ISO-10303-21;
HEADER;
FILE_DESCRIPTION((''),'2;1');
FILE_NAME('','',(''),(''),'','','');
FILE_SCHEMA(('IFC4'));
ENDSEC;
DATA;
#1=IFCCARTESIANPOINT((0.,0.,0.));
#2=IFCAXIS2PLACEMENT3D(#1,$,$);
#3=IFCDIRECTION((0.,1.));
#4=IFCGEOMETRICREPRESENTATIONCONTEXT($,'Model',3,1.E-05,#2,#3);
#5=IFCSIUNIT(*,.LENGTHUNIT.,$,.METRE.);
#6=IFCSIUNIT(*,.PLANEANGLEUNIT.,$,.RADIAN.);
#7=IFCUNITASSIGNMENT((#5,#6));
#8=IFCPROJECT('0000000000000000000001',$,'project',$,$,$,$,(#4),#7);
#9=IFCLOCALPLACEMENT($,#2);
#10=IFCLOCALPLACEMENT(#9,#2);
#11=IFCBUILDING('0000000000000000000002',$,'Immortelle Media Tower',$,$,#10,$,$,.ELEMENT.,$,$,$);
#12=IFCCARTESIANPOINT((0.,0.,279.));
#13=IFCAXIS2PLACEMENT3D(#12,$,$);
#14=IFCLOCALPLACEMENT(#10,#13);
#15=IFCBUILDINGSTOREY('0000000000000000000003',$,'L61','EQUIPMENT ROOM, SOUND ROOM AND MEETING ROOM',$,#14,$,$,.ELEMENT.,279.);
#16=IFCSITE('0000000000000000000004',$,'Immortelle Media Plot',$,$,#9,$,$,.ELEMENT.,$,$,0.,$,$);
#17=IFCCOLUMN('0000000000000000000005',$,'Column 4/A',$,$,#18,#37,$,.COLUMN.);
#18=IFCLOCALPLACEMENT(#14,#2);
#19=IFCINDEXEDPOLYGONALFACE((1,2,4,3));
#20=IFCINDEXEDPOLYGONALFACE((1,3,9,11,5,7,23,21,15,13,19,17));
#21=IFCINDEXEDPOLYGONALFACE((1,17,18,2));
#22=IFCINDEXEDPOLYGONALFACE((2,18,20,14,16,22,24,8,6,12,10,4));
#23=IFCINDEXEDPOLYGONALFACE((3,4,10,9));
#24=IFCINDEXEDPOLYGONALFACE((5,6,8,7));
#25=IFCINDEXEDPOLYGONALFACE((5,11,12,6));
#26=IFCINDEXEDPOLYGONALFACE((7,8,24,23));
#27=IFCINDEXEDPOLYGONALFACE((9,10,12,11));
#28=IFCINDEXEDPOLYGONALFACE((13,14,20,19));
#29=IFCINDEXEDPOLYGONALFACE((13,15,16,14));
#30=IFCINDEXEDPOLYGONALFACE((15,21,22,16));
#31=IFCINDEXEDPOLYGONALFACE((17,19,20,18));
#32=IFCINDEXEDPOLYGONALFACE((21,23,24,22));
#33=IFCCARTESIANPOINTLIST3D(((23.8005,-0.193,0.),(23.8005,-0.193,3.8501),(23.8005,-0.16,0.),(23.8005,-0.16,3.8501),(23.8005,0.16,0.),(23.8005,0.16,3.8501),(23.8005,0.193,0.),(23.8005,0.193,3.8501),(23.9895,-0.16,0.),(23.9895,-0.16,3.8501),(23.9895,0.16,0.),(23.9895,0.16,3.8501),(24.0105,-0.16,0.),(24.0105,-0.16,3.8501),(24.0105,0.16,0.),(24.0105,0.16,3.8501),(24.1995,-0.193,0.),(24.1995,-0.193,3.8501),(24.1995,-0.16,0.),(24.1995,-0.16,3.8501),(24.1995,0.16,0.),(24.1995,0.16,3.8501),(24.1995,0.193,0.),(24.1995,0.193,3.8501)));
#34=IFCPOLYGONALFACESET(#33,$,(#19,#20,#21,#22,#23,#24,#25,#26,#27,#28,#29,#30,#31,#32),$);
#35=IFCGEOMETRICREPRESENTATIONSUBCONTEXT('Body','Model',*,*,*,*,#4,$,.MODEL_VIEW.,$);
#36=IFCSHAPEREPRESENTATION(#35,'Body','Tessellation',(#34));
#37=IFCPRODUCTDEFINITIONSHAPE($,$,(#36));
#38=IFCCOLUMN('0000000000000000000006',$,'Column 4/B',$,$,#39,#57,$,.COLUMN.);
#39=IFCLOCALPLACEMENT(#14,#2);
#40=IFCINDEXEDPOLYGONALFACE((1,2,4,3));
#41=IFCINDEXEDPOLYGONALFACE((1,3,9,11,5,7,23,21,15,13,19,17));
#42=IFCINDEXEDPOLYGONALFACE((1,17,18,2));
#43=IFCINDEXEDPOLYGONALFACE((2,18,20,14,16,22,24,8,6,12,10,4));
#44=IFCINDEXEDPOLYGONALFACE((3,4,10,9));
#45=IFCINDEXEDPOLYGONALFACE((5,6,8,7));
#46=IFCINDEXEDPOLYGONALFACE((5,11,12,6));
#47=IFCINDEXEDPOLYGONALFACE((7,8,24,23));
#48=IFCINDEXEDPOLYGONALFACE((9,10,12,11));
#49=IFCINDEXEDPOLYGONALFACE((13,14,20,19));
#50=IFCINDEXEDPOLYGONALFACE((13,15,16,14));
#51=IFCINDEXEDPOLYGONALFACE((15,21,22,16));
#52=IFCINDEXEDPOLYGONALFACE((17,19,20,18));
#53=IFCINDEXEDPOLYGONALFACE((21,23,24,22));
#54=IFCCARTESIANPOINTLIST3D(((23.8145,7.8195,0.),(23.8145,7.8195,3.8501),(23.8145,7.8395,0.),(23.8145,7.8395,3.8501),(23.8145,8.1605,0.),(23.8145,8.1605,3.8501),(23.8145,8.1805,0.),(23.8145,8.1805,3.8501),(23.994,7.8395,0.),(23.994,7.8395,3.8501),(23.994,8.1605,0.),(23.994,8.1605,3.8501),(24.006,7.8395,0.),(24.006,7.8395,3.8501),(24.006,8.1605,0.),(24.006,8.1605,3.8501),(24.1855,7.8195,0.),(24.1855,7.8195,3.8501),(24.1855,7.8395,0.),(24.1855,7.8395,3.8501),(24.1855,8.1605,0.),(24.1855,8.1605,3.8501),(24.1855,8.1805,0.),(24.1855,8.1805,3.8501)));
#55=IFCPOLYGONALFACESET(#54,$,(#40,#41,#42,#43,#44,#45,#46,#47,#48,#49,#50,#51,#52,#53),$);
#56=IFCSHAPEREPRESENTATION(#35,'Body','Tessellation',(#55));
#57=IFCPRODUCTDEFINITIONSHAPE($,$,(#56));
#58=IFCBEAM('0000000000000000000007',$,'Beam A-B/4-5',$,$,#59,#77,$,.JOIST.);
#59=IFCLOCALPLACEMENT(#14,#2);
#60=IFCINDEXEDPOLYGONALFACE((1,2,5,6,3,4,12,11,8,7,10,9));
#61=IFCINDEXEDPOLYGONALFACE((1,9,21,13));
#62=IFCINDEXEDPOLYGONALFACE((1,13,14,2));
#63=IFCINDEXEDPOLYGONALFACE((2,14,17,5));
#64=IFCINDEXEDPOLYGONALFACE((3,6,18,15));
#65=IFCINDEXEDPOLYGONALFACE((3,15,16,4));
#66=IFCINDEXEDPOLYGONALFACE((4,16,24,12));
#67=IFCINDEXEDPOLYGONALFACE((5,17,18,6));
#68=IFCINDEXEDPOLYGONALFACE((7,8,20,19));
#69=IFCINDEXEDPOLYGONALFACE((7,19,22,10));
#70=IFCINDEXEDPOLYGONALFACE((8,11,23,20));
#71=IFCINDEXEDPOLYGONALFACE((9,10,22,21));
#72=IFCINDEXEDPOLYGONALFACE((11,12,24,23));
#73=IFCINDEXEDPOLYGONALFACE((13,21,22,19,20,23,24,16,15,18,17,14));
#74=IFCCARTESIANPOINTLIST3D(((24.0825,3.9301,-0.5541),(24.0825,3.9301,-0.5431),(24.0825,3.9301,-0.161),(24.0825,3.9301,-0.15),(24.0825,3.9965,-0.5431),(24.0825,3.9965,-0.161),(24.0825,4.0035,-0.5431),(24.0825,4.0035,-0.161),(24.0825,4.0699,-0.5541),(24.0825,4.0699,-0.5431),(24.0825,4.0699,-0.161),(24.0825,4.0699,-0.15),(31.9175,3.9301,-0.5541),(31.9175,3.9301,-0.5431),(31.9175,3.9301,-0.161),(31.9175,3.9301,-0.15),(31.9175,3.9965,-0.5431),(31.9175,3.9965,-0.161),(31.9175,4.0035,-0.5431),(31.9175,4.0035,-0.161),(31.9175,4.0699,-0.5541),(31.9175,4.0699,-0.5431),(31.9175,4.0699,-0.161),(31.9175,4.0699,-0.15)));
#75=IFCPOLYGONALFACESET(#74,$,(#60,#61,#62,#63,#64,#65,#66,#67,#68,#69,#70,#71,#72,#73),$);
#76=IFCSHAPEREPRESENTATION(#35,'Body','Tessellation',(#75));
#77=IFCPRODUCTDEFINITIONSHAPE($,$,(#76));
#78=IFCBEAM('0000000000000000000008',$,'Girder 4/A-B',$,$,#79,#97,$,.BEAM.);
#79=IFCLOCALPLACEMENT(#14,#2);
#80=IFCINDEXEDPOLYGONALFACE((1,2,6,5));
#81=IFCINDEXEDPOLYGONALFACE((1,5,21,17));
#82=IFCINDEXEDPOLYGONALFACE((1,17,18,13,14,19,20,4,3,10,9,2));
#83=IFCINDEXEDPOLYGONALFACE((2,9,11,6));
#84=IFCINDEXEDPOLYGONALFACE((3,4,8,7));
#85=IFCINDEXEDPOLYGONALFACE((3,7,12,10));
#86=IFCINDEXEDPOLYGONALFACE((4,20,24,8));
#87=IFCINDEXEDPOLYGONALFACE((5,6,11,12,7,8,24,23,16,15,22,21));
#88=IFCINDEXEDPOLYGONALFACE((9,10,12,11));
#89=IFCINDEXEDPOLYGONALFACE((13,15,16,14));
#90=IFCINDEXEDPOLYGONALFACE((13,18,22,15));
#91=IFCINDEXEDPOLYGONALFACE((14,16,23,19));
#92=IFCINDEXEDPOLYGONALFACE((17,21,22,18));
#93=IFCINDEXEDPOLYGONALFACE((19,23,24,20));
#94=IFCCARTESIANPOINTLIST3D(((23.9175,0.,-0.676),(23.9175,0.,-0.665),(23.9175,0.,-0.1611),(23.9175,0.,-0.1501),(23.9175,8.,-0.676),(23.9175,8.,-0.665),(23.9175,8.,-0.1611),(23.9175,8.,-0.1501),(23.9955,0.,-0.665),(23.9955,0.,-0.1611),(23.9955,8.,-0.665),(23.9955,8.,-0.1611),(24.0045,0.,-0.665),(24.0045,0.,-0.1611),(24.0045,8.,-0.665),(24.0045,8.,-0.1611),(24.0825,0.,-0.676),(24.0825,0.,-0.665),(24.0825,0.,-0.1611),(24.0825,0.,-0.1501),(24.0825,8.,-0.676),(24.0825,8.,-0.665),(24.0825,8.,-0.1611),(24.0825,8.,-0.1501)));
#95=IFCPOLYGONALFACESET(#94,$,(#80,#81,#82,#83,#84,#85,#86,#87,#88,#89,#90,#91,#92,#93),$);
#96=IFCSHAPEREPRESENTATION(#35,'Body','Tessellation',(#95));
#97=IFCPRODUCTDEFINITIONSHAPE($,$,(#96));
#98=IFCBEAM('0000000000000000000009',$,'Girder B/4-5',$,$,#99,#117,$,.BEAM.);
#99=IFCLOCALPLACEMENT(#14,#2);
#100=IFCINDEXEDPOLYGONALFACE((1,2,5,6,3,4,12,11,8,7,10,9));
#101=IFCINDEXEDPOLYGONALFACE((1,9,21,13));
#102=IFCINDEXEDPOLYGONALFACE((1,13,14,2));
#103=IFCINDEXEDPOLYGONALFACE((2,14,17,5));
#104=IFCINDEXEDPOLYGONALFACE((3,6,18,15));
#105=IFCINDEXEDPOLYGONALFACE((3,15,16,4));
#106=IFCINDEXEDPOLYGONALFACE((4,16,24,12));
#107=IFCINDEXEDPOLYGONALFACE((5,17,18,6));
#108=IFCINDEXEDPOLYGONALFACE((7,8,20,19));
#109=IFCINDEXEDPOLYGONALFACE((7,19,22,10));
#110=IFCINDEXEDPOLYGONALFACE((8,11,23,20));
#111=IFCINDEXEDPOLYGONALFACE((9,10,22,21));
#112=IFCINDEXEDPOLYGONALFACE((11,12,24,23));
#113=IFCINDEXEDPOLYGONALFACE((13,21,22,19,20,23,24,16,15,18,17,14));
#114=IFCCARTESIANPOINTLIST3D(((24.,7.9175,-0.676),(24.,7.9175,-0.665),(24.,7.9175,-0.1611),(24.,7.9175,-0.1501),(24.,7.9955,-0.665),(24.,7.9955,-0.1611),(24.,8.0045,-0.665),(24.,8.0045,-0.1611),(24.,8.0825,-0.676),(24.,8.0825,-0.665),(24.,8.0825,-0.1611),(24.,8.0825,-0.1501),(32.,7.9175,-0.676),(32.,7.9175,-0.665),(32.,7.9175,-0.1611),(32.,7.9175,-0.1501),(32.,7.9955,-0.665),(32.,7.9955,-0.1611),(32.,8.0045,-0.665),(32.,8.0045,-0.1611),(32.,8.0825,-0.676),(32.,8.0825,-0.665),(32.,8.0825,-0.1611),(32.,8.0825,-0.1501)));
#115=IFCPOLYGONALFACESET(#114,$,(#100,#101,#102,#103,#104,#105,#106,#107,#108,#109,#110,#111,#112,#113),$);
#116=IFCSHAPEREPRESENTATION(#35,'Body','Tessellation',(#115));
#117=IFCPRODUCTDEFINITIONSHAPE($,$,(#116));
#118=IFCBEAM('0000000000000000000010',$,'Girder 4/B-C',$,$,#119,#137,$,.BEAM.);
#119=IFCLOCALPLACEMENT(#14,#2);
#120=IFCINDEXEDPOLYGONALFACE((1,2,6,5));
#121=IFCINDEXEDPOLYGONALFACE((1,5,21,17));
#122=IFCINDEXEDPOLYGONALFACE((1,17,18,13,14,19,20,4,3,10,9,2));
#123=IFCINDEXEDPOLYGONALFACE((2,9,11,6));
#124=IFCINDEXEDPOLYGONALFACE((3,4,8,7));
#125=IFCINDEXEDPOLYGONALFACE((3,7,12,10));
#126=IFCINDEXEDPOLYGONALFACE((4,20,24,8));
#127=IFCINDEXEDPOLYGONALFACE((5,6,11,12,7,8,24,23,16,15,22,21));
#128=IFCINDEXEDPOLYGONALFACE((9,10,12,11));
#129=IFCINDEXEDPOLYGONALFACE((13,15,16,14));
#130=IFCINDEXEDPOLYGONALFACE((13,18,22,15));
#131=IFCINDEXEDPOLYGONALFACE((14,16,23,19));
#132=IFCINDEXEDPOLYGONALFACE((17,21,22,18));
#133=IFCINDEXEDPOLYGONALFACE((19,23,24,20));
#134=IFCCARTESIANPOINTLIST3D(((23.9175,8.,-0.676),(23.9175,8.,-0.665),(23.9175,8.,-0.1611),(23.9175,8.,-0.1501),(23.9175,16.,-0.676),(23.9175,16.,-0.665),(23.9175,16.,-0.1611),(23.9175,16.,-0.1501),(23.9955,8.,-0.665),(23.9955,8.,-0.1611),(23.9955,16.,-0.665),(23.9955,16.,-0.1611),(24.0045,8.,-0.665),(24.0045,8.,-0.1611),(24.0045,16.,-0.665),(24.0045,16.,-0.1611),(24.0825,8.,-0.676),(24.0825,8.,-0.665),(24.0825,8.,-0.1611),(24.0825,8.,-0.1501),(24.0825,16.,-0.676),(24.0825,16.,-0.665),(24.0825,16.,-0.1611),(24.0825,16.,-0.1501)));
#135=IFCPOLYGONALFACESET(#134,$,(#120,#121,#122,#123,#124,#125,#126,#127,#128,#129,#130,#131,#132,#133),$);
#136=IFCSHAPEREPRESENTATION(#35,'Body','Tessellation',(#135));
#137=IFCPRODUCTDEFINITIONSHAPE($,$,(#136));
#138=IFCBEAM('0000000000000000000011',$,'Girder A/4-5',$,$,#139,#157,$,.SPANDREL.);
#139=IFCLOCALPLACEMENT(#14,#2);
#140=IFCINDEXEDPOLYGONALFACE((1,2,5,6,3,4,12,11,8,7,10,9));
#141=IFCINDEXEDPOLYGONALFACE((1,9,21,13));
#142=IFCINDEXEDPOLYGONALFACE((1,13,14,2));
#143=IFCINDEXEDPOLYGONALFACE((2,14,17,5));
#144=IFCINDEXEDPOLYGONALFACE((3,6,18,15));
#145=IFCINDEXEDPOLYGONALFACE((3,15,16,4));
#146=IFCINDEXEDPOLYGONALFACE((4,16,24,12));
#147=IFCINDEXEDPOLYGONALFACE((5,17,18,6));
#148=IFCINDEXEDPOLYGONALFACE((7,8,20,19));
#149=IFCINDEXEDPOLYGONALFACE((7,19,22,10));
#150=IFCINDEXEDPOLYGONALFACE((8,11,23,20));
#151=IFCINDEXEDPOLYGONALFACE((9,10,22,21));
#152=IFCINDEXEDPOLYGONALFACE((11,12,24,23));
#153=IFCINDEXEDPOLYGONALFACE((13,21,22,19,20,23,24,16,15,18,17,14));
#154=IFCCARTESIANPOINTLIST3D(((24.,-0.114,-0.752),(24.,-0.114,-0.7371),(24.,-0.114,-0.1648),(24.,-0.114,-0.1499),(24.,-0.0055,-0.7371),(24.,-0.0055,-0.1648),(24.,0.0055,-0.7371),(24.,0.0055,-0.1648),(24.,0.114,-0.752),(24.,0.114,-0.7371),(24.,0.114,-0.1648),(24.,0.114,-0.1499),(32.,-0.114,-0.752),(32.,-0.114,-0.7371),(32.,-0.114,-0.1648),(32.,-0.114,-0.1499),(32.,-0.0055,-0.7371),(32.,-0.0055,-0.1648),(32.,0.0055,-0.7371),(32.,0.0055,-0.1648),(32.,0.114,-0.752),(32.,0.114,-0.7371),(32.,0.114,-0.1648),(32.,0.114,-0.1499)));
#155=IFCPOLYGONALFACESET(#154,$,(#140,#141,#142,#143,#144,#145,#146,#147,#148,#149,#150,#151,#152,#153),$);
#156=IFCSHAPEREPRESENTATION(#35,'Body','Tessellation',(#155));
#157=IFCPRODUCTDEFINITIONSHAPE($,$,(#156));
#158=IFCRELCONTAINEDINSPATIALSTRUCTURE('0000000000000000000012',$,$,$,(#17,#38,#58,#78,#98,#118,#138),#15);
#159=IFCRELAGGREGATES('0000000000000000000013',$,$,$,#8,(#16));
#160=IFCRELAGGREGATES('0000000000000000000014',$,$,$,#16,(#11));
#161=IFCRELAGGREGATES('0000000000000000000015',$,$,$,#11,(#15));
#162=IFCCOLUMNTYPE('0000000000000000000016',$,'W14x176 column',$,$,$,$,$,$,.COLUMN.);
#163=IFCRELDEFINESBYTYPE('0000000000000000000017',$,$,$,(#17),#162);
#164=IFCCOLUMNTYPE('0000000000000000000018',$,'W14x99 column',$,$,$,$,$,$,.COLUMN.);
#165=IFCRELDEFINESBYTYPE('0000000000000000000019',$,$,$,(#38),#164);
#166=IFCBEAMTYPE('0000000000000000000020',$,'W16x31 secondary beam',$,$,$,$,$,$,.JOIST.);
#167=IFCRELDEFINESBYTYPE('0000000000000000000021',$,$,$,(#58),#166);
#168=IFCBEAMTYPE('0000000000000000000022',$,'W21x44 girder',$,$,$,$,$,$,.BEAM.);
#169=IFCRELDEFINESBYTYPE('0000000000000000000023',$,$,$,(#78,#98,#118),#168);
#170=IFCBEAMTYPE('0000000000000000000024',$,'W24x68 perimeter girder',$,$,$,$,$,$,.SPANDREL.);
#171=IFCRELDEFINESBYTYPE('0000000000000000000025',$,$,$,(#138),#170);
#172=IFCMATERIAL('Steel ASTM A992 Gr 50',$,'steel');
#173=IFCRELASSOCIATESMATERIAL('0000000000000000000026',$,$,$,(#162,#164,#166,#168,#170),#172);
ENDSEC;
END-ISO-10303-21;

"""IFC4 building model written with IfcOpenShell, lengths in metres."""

from ifc_helpers import new_model, si_unit, direction, frame, origin, origin_2d, place, context, subcontext, project, spatial, i_section, extrude, material, material_profile, profile_set, type_object, element, save


model = new_model("IFC4")

# Units and contexts
model_context = context("Model", 3, precision=1e-05, world=origin(), true_north=direction((0.0, 1.0)))
body_context = subcontext(model_context, "Body", "Model", "MODEL_VIEW")
ifc_project = project(units=[si_unit("LENGTHUNIT", "METRE"), si_unit("PLANEANGLEUNIT", "RADIAN")], contexts=[model_context])

# Site, building, storey
site_placement = place(None, origin())
site = spatial("IfcSite", under=ifc_project, at=site_placement, Name="Immortelle Media Plot", CompositionType="ELEMENT", RefElevation=0.0)
building_placement = place(site_placement, origin())
building = spatial("IfcBuilding", under=site, at=building_placement, Name="Immortelle Media Tower", CompositionType="ELEMENT")
storey_placement = place(building_placement, frame((0.0, 0.0, 279.0)))
storey = spatial("IfcBuildingStorey", under=building, at=storey_placement, Name="L61", Description="EQUIPMENT ROOM, SOUND ROOM AND MEETING ROOM", CompositionType="ELEMENT", Elevation=279.0)

# Columns
ifc_material_1 = material(Name="Steel ASTM A992 Gr 50", Category="steel")
ifc_material_profile_1 = material_profile(ifc_material_1, i_section(OverallWidth=0.3989, OverallDepth=0.386, WebThickness=0.021, FlangeThickness=0.033, at=origin_2d()), Name="W14x176")
ifc_profile_set_1 = profile_set([ifc_material_profile_1], Name="Steel ASTM A992 Gr 50")
column_type_1 = type_object("IfcColumnType", Name="W14x176 column", PredefinedType="COLUMN", material=ifc_profile_set_1)
column_1_placement = place(storey_placement, frame((24.0, 0.0, 0.0), z_axis=(0.0, 0.0, 1.0), x_axis=(1.0, 0.0, 0.0)))
element("IfcColumn", 1, at=column_1_placement, inside=storey, type_object=column_type_1, Name="Column 4/A", PredefinedType="COLUMN", context=body_context, shape_type="SweptSolid", body=[
    extrude(i_section(OverallWidth=0.3989, OverallDepth=0.386, WebThickness=0.021, FlangeThickness=0.033, at=origin_2d()), origin(), (0.0, 0.0, 1.0), 3.8501),
])
ifc_material_profile_2 = material_profile(ifc_material_1, i_section(OverallWidth=0.3711, OverallDepth=0.3611, WebThickness=0.012, FlangeThickness=0.02, at=origin_2d()), Name="W14x99")
ifc_profile_set_2 = profile_set([ifc_material_profile_2], Name="Steel ASTM A992 Gr 50")
column_type_2 = type_object("IfcColumnType", Name="W14x99 column", PredefinedType="COLUMN", material=ifc_profile_set_2)
column_2_placement = place(storey_placement, frame((24.0, 8.0, 0.0), z_axis=(0.0, 0.0, 1.0), x_axis=(1.0, 0.0, 0.0)))
element("IfcColumn", 2, at=column_2_placement, inside=storey, type_object=column_type_2, Name="Column 4/B", PredefinedType="COLUMN", context=body_context, shape_type="SweptSolid", body=[
    extrude(i_section(OverallWidth=0.3711, OverallDepth=0.3611, WebThickness=0.012, FlangeThickness=0.02, at=origin_2d()), origin(), (0.0, 0.0, 1.0), 3.8501),
])

# Beams
ifc_material_profile_3 = material_profile(ifc_material_1, i_section(OverallWidth=0.1399, OverallDepth=0.4041, WebThickness=0.0071, FlangeThickness=0.011, at=origin_2d()), Name="W16x31")
ifc_profile_set_3 = profile_set([ifc_material_profile_3], Name="Steel ASTM A992 Gr 50")
beam_type_1 = type_object("IfcBeamType", Name="W16x31 secondary beam", PredefinedType="JOIST", material=ifc_profile_set_3)
beam_1_placement = place(storey_placement, frame((24.0825, 4.0, -0.3521), z_axis=(1.0, 0.0, 0.0), x_axis=(0.0, 1.0, 0.0)))
element("IfcBeam", 3, at=beam_1_placement, inside=storey, type_object=beam_type_1, Name="Beam A-B/4-5", PredefinedType="JOIST", context=body_context, shape_type="SweptSolid", body=[
    extrude(i_section(OverallWidth=0.1399, OverallDepth=0.4041, WebThickness=0.0071, FlangeThickness=0.011, at=origin_2d()), origin(), (0.0, 0.0, 1.0), 7.835),
])
ifc_material_profile_4 = material_profile(ifc_material_1, i_section(OverallWidth=0.165, OverallDepth=0.5259, WebThickness=0.009, FlangeThickness=0.011, at=origin_2d()), Name="W21x44")
ifc_profile_set_4 = profile_set([ifc_material_profile_4], Name="Steel ASTM A992 Gr 50")
beam_type_2 = type_object("IfcBeamType", Name="W21x44 girder", PredefinedType="BEAM", material=ifc_profile_set_4)
for number, where, z_axis, x_axis, name in (
    (4, (24.0, 0.0, -0.4131), (0.0, 1.0, 0.0), (-1.0, 0.0, 0.0), "Girder 4/A-B"),
    (5, (24.0, 8.0, -0.4131), (1.0, 0.0, 0.0), (0.0, 1.0, 0.0), "Girder B/4-5"),
    (6, (24.0, 8.0, -0.4131), (0.0, 1.0, 0.0), (-1.0, 0.0, 0.0), "Girder 4/B-C"),
):
    element("IfcBeam", number, at=place(storey_placement, frame(where, z_axis=z_axis, x_axis=x_axis)), inside=storey, type_object=beam_type_2, Name=name, PredefinedType="BEAM", context=body_context, shape_type="SweptSolid", body=[
        extrude(i_section(OverallWidth=0.165, OverallDepth=0.5259, WebThickness=0.009, FlangeThickness=0.011, at=origin_2d()), origin(), (0.0, 0.0, 1.0), 8.0),
    ])
ifc_material_profile_5 = material_profile(ifc_material_1, i_section(OverallWidth=0.228, OverallDepth=0.6021, WebThickness=0.011, FlangeThickness=0.0149, at=origin_2d()), Name="W24x68")
ifc_profile_set_5 = profile_set([ifc_material_profile_5], Name="Steel ASTM A992 Gr 50")
beam_type_3 = type_object("IfcBeamType", Name="W24x68 perimeter girder", PredefinedType="SPANDREL", material=ifc_profile_set_5)
beam_2_placement = place(storey_placement, frame((24.0, 0.0, -0.4509), z_axis=(1.0, 0.0, 0.0), x_axis=(0.0, 1.0, 0.0)))
element("IfcBeam", 7, at=beam_2_placement, inside=storey, type_object=beam_type_3, Name="Girder A/4-5", PredefinedType="SPANDREL", context=body_context, shape_type="SweptSolid", body=[
    extrude(i_section(OverallWidth=0.228, OverallDepth=0.6021, WebThickness=0.011, FlangeThickness=0.0149, at=origin_2d()), origin(), (0.0, 0.0, 1.0), 8.0),
])

save(model, "model.ifc")
